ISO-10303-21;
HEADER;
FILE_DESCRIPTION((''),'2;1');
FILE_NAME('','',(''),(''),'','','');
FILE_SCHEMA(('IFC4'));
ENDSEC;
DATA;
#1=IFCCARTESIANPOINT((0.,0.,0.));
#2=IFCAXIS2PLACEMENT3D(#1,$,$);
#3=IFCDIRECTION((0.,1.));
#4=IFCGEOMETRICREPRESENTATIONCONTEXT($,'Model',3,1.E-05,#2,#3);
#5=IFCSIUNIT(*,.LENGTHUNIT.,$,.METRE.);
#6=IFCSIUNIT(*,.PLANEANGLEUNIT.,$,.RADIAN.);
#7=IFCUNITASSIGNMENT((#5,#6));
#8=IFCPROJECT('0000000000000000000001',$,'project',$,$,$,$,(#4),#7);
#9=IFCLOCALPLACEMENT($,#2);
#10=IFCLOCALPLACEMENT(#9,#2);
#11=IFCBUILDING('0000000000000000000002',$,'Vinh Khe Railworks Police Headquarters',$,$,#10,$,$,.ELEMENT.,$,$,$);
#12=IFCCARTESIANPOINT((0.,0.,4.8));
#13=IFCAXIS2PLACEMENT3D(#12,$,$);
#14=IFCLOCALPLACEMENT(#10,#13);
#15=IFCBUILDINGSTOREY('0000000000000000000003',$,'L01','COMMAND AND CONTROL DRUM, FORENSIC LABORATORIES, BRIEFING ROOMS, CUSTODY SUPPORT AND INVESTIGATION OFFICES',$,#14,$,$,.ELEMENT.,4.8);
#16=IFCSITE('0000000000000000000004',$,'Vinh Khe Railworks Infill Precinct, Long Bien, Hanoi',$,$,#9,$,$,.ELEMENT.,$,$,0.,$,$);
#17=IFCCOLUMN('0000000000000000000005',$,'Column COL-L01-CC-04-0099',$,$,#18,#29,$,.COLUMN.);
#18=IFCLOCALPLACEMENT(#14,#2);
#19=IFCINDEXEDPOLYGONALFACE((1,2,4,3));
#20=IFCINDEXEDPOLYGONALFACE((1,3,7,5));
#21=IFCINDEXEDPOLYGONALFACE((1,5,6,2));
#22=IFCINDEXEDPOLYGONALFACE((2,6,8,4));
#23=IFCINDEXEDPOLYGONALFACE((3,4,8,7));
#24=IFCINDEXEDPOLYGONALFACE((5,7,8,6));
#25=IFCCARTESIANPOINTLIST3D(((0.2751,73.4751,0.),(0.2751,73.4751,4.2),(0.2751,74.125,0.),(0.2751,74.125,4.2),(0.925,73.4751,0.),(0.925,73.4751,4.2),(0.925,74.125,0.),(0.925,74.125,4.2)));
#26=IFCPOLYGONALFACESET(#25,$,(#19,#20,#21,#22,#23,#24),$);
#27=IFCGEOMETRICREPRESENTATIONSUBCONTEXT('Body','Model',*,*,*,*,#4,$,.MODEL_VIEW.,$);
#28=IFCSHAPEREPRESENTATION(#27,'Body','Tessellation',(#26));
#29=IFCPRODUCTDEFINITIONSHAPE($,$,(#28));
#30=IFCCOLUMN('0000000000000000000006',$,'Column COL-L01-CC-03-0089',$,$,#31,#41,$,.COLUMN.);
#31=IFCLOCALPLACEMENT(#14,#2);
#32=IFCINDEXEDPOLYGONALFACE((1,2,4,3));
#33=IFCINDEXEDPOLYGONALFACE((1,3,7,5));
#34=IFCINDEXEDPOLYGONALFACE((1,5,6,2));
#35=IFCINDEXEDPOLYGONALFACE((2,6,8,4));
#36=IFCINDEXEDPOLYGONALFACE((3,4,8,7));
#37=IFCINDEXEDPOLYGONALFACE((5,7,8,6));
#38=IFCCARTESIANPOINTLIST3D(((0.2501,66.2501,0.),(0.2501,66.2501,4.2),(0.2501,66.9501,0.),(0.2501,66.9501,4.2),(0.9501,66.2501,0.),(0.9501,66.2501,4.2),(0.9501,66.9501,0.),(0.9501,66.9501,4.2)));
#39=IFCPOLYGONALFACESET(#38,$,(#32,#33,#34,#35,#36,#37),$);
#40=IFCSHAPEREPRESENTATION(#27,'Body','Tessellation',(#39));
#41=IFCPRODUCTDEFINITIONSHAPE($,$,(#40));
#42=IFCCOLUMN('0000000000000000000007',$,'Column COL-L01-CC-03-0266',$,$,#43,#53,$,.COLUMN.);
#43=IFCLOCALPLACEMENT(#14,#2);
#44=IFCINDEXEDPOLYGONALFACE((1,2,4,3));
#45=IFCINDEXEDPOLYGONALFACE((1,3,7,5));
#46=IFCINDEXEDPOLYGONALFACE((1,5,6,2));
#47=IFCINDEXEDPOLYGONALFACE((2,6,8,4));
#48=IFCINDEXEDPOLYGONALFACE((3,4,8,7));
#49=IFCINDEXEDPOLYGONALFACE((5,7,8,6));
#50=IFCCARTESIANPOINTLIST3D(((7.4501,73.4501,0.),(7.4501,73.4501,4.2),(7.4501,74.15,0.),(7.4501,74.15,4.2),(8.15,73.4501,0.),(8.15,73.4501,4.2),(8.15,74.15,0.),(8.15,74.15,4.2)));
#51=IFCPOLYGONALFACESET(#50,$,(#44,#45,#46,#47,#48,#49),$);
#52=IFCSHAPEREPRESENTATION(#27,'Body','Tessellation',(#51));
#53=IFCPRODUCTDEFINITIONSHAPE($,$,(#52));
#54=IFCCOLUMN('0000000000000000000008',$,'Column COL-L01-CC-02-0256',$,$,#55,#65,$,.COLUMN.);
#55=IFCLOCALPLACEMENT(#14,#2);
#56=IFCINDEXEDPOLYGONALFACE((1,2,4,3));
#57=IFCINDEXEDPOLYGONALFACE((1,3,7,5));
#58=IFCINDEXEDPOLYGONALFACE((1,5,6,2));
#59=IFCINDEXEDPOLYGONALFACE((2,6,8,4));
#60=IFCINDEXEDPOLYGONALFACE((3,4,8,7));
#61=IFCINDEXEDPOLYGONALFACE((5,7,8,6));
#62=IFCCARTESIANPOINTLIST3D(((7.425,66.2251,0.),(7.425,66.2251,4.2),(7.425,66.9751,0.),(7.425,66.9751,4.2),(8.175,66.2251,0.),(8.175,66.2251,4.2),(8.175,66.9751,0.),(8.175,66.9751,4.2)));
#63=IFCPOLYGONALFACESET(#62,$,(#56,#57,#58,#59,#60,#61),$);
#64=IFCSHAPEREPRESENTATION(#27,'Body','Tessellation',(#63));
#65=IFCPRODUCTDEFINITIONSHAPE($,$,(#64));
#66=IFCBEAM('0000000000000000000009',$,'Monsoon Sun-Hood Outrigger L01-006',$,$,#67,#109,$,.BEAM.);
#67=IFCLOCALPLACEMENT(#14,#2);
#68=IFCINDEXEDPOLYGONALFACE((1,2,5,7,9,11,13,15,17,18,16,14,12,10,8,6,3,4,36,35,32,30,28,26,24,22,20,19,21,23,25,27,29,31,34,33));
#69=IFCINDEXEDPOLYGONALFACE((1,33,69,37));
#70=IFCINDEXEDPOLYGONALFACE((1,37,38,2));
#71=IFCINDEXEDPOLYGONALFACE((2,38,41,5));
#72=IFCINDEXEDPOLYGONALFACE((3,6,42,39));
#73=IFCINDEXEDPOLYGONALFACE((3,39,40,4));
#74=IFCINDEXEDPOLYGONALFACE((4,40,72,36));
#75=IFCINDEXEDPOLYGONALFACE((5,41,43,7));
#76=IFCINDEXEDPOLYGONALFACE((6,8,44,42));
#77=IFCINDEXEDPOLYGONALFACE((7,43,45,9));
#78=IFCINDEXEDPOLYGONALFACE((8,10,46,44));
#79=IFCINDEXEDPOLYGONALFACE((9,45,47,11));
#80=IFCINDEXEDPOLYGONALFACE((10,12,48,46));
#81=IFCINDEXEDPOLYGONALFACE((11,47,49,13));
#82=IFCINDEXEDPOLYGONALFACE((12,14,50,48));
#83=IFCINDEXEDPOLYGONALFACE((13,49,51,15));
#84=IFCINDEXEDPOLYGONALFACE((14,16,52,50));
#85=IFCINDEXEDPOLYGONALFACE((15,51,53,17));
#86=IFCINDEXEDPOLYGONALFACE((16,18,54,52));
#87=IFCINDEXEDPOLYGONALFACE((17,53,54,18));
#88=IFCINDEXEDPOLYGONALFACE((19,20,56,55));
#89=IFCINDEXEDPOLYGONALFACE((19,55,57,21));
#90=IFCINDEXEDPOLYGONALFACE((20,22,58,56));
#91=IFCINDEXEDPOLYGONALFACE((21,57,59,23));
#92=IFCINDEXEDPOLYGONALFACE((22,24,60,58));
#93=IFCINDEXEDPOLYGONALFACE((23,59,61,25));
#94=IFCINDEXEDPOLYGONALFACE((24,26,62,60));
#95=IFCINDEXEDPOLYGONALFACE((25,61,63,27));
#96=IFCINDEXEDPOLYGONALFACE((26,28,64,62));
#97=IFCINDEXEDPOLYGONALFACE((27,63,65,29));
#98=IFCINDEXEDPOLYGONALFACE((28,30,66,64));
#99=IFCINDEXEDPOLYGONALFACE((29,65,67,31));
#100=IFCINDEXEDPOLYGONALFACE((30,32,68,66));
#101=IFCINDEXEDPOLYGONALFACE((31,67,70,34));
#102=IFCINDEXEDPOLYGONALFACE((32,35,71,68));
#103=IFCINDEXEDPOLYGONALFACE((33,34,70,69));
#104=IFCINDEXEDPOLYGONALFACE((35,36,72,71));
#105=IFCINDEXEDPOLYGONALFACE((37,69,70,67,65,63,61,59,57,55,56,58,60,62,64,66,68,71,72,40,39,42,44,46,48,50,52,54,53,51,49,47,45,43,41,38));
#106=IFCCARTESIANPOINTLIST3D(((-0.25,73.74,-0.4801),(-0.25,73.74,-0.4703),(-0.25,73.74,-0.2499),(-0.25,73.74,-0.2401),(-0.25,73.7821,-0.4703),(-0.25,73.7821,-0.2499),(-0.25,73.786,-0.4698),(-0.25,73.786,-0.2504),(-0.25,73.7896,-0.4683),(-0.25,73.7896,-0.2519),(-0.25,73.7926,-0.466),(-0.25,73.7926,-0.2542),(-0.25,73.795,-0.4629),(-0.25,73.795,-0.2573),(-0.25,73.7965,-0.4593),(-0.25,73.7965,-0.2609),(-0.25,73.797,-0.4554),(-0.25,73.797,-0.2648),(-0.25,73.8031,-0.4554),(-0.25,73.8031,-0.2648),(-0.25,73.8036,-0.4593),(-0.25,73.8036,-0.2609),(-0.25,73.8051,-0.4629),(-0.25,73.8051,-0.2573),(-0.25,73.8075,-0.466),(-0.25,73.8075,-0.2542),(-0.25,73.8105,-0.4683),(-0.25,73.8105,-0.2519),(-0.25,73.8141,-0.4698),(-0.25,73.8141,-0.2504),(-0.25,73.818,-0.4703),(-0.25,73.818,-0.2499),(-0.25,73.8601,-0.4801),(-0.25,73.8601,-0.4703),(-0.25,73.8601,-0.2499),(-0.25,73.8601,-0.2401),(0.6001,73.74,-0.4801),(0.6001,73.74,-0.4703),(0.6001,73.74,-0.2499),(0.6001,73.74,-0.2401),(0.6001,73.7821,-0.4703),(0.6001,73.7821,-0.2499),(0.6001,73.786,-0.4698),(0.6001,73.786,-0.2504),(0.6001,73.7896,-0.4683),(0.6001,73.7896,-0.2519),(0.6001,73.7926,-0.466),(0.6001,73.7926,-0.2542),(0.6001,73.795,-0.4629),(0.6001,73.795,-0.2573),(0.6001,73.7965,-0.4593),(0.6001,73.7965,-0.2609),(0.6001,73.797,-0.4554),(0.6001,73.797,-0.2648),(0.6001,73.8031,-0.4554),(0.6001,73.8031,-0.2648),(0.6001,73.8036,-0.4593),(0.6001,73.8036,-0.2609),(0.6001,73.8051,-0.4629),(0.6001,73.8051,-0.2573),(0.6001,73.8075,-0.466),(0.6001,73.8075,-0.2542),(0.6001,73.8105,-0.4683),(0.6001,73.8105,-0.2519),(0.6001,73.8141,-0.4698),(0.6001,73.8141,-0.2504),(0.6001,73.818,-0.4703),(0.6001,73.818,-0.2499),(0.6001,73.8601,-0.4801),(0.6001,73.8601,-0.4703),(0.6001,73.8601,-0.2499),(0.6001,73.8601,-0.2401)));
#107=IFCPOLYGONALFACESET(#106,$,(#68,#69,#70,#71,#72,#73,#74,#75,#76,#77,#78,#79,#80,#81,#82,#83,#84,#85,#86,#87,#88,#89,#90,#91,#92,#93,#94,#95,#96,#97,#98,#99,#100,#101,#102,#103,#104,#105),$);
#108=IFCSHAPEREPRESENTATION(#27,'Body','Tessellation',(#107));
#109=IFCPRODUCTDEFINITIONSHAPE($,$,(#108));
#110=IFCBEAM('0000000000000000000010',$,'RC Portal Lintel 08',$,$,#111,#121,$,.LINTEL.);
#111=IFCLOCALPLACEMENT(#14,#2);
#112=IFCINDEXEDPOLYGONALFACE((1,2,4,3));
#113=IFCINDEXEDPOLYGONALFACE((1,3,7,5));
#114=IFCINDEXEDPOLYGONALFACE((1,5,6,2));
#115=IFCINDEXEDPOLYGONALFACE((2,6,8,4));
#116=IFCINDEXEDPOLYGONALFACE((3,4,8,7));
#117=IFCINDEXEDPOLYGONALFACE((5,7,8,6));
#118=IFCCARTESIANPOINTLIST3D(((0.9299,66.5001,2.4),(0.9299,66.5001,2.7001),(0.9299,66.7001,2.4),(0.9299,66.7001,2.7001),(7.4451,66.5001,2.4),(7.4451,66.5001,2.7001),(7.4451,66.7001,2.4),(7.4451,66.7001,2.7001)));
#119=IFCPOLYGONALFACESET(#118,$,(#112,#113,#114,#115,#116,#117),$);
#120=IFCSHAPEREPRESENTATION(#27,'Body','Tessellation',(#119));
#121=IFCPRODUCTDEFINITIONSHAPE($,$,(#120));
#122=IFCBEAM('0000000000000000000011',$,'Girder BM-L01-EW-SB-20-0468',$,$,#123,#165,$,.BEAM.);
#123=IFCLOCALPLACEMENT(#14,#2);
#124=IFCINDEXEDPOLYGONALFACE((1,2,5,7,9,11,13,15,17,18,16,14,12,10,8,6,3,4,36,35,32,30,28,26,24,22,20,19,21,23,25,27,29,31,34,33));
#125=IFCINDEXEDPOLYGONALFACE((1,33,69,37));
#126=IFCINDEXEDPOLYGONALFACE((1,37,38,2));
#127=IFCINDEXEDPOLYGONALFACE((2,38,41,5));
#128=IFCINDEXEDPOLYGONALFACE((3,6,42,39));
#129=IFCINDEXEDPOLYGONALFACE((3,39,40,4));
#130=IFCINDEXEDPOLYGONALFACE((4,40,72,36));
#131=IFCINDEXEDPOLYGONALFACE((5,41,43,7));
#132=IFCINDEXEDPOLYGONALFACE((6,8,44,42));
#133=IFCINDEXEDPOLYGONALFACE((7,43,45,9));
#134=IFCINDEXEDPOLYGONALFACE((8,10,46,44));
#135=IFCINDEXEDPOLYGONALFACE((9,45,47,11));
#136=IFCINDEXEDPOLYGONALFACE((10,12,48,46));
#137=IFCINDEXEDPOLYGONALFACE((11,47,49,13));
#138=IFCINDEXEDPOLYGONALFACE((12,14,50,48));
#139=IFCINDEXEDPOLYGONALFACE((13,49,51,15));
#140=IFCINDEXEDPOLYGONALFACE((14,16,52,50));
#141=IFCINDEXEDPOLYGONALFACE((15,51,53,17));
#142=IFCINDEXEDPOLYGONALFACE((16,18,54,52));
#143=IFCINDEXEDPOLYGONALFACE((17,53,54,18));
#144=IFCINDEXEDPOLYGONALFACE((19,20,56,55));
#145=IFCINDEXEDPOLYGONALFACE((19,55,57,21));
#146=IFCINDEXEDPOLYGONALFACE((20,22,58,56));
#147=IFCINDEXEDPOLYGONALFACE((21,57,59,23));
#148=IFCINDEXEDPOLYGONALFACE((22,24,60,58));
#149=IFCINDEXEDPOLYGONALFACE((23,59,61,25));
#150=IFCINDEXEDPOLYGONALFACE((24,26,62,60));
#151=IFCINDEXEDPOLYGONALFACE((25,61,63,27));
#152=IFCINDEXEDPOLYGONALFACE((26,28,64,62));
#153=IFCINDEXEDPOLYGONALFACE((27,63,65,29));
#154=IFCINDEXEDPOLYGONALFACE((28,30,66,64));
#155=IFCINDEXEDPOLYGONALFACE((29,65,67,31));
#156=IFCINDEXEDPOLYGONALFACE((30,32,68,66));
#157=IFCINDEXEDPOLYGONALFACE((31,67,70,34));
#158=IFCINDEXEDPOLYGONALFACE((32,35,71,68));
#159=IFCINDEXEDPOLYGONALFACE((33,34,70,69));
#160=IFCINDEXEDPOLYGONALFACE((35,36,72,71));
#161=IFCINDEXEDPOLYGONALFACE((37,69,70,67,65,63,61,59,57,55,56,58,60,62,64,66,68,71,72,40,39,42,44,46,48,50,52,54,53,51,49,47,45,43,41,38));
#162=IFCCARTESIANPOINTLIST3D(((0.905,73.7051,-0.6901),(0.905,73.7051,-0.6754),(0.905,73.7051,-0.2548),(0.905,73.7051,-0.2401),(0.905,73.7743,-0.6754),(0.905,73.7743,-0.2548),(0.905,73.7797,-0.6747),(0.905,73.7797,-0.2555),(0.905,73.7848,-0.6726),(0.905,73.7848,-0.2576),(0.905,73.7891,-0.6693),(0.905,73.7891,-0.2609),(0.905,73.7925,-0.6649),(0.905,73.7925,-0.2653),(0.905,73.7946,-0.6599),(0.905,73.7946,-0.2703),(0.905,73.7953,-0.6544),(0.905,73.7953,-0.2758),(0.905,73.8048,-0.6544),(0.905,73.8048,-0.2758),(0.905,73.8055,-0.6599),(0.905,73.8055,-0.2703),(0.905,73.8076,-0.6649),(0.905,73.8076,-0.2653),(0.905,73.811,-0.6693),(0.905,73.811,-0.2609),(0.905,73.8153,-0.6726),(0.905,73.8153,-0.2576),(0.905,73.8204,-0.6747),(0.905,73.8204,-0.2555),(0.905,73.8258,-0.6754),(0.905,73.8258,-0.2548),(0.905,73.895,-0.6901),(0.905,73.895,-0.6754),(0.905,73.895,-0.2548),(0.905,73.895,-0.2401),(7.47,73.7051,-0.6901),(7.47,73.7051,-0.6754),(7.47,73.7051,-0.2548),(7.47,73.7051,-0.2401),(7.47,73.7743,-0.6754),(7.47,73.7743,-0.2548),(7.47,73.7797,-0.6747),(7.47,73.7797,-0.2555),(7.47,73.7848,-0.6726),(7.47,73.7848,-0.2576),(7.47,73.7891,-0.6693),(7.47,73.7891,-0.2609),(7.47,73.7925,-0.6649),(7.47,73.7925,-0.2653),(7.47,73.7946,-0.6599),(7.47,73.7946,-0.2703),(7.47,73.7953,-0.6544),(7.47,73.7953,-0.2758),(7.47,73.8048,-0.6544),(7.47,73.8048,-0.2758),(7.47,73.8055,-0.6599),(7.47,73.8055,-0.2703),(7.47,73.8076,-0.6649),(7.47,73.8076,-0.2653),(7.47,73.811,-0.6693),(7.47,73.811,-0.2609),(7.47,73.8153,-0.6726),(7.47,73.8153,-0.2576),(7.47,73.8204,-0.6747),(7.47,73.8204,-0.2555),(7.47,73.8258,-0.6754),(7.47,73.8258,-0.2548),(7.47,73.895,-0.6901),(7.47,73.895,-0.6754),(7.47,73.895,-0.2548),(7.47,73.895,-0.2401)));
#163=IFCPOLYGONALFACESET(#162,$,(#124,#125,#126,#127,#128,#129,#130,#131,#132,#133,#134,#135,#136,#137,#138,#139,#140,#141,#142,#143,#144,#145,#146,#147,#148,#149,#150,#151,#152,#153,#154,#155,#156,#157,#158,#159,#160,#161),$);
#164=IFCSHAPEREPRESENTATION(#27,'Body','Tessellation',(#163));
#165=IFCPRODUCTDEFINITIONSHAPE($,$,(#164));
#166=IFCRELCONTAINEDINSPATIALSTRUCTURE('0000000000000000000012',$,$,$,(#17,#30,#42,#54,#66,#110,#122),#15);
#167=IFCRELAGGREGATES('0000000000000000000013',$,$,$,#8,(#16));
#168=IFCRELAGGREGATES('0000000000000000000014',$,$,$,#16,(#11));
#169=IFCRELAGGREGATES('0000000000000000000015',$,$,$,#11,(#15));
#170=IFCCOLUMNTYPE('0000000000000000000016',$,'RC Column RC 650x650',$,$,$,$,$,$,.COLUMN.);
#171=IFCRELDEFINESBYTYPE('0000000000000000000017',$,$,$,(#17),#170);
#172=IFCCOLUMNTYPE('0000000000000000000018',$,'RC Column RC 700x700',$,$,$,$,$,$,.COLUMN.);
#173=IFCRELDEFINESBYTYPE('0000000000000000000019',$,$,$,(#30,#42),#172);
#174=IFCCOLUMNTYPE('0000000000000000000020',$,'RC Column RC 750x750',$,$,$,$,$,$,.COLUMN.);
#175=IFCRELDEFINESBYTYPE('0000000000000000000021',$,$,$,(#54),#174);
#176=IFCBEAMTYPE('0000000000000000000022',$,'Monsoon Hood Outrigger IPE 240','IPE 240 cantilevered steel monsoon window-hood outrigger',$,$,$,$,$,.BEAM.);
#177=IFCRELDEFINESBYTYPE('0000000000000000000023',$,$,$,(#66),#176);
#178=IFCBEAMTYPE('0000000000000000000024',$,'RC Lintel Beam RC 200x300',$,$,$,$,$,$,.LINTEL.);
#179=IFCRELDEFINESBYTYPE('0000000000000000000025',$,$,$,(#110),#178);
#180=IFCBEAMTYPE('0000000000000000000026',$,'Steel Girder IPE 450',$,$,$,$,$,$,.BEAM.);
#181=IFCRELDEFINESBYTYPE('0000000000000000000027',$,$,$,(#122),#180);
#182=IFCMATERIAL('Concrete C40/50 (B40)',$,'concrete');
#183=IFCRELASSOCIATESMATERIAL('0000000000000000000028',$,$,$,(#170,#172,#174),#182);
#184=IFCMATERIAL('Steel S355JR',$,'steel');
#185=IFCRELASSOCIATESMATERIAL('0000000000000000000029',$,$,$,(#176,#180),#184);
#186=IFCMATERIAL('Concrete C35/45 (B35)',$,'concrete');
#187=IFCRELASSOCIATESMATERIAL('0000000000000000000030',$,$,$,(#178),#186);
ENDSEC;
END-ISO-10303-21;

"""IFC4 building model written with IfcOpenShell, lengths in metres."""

from ifc_helpers import new_model, si_unit, direction, frame, origin, origin_2d, place, context, subcontext, project, spatial, rectangle, i_section, extrude, material, material_profile, profile_set, type_object, element, save


model = new_model("IFC4")

# Units and contexts
model_context = context("Model", 3, precision=1e-05, world=origin(), true_north=direction((0.0, 1.0)))
body_context = subcontext(model_context, "Body", "Model", "MODEL_VIEW")
ifc_project = project(units=[si_unit("LENGTHUNIT", "METRE"), si_unit("PLANEANGLEUNIT", "RADIAN")], contexts=[model_context])

# Site, building, storey
site_placement = place(None, origin())
site = spatial("IfcSite", under=ifc_project, at=site_placement, Name="Vinh Khe Railworks Infill Precinct, Long Bien, Hanoi", CompositionType="ELEMENT", RefElevation=0.0)
building_placement = place(site_placement, origin())
building = spatial("IfcBuilding", under=site, at=building_placement, Name="Vinh Khe Railworks Police Headquarters", CompositionType="ELEMENT")
storey_placement = place(building_placement, frame((0.0, 0.0, 4.8)))
storey = spatial("IfcBuildingStorey", under=building, at=storey_placement, Name="L01", Description="COMMAND AND CONTROL DRUM, FORENSIC LABORATORIES, BRIEFING ROOMS, CUSTODY SUPPORT AND INVESTIGATION OFFICES", CompositionType="ELEMENT", Elevation=4.8)

# Columns
ifc_material_1 = material(Name="Concrete C40/50 (B40)", Category="concrete")
ifc_material_profile_1 = material_profile(ifc_material_1, rectangle(XDim=0.6499, YDim=0.6499, at=origin_2d()), Name="RC 650x650")
ifc_profile_set_1 = profile_set([ifc_material_profile_1], Name="Concrete C40/50 (B40)")
column_type_1 = type_object("IfcColumnType", Name="RC Column RC 650x650", PredefinedType="COLUMN", material=ifc_profile_set_1)
column_1_placement = place(storey_placement, frame((0.6001, 73.8, 0.0), z_axis=(0.0, 0.0, 1.0), x_axis=(1.0, 0.0, 0.0)))
element("IfcColumn", 1, at=column_1_placement, inside=storey, type_object=column_type_1, Name="Column COL-L01-CC-04-0099", PredefinedType="COLUMN", context=body_context, shape_type="SweptSolid", body=[
    extrude(rectangle(XDim=0.6499, YDim=0.6499, at=origin_2d()), origin(), (0.0, 0.0, 1.0), 4.2),
])
ifc_material_profile_2 = material_profile(ifc_material_1, rectangle(XDim=0.7, YDim=0.7, at=origin_2d()), Name="RC 700x700")
ifc_profile_set_2 = profile_set([ifc_material_profile_2], Name="Concrete C40/50 (B40)")
column_type_2 = type_object("IfcColumnType", Name="RC Column RC 700x700", PredefinedType="COLUMN", material=ifc_profile_set_2)
for number, where, z_axis, x_axis, name in (
    (2, (0.6001, 66.6001, 0.0), (0.0, 0.0, 1.0), (1.0, 0.0, 0.0), "Column COL-L01-CC-03-0089"),
    (3, (7.8, 73.8, 0.0), (0.0, 0.0, 1.0), (1.0, 0.0, 0.0), "Column COL-L01-CC-03-0266"),
):
    element("IfcColumn", number, at=place(storey_placement, frame(where, z_axis=z_axis, x_axis=x_axis)), inside=storey, type_object=column_type_2, Name=name, PredefinedType="COLUMN", context=body_context, shape_type="SweptSolid", body=[
        extrude(rectangle(XDim=0.7, YDim=0.7, at=origin_2d()), origin(), (0.0, 0.0, 1.0), 4.2),
    ])
ifc_material_profile_3 = material_profile(ifc_material_1, rectangle(XDim=0.75, YDim=0.75, at=origin_2d()), Name="RC 750x750")
ifc_profile_set_3 = profile_set([ifc_material_profile_3], Name="Concrete C40/50 (B40)")
column_type_3 = type_object("IfcColumnType", Name="RC Column RC 750x750", PredefinedType="COLUMN", material=ifc_profile_set_3)
column_2_placement = place(storey_placement, frame((7.8, 66.6001, 0.0), z_axis=(0.0, 0.0, 1.0), x_axis=(1.0, 0.0, 0.0)))
element("IfcColumn", 4, at=column_2_placement, inside=storey, type_object=column_type_3, Name="Column COL-L01-CC-02-0256", PredefinedType="COLUMN", context=body_context, shape_type="SweptSolid", body=[
    extrude(rectangle(XDim=0.75, YDim=0.75, at=origin_2d()), origin(), (0.0, 0.0, 1.0), 4.2),
])

# Beams
ifc_material_2 = material(Name="Steel S355JR", Category="steel")
ifc_material_profile_4 = material_profile(ifc_material_2, i_section(OverallWidth=0.1201, OverallDepth=0.24, WebThickness=0.0061, FlangeThickness=0.0098, FilletRadius=0.0149, at=origin_2d()), Name="IPE 240")
ifc_profile_set_4 = profile_set([ifc_material_profile_4], Name="Steel S355JR")
beam_type_1 = type_object("IfcBeamType", Name="Monsoon Hood Outrigger IPE 240", Description="IPE 240 cantilevered steel monsoon window-hood outrigger", PredefinedType="BEAM", material=ifc_profile_set_4)
beam_1_placement = place(storey_placement, frame((-0.25, 73.8, -0.3601), z_axis=(1.0, 0.0, 0.0), x_axis=(0.0, 1.0, 0.0)))
element("IfcBeam", 5, at=beam_1_placement, inside=storey, type_object=beam_type_1, Name="Monsoon Sun-Hood Outrigger L01-006", PredefinedType="BEAM", context=body_context, shape_type="SweptSolid", body=[
    extrude(i_section(OverallWidth=0.1201, OverallDepth=0.24, WebThickness=0.0061, FlangeThickness=0.0098, FilletRadius=0.0149, at=origin_2d()), origin(), (0.0, 0.0, 1.0), 0.8501),
])
ifc_material_3 = material(Name="Concrete C35/45 (B35)", Category="concrete")
ifc_material_profile_5 = material_profile(ifc_material_3, rectangle(XDim=0.2, YDim=0.3, at=origin_2d()), Name="RC 200x300")
ifc_profile_set_5 = profile_set([ifc_material_profile_5], Name="Concrete C35/45 (B35)")
beam_type_2 = type_object("IfcBeamType", Name="RC Lintel Beam RC 200x300", PredefinedType="LINTEL", material=ifc_profile_set_5)
beam_2_placement = place(storey_placement, frame((0.9299, 66.6001, 2.55), z_axis=(1.0, 0.0, 0.0), x_axis=(0.0, 1.0, 0.0)))
element("IfcBeam", 6, at=beam_2_placement, inside=storey, type_object=beam_type_2, Name="RC Portal Lintel 08", PredefinedType="LINTEL", context=body_context, shape_type="SweptSolid", body=[
    extrude(rectangle(XDim=0.2, YDim=0.3, at=origin_2d()), origin(), (0.0, 0.0, 1.0), 6.5151),
])
ifc_material_profile_6 = material_profile(ifc_material_2, i_section(OverallWidth=0.1899, OverallDepth=0.45, WebThickness=0.0095, FlangeThickness=0.0146, FilletRadius=0.021, at=origin_2d()), Name="IPE 450")
ifc_profile_set_6 = profile_set([ifc_material_profile_6], Name="Steel S355JR")
beam_type_3 = type_object("IfcBeamType", Name="Steel Girder IPE 450", PredefinedType="BEAM", material=ifc_profile_set_6)
beam_3_placement = place(storey_placement, frame((0.905, 73.8, -0.4651), z_axis=(1.0, 0.0, 0.0), x_axis=(0.0, 1.0, 0.0)))
element("IfcBeam", 7, at=beam_3_placement, inside=storey, type_object=beam_type_3, Name="Girder BM-L01-EW-SB-20-0468", PredefinedType="BEAM", context=body_context, shape_type="SweptSolid", body=[
    extrude(i_section(OverallWidth=0.1899, OverallDepth=0.45, WebThickness=0.0095, FlangeThickness=0.0146, FilletRadius=0.021, at=origin_2d()), origin(), (0.0, 0.0, 1.0), 6.5649),
])

save(model, "model.ifc")
